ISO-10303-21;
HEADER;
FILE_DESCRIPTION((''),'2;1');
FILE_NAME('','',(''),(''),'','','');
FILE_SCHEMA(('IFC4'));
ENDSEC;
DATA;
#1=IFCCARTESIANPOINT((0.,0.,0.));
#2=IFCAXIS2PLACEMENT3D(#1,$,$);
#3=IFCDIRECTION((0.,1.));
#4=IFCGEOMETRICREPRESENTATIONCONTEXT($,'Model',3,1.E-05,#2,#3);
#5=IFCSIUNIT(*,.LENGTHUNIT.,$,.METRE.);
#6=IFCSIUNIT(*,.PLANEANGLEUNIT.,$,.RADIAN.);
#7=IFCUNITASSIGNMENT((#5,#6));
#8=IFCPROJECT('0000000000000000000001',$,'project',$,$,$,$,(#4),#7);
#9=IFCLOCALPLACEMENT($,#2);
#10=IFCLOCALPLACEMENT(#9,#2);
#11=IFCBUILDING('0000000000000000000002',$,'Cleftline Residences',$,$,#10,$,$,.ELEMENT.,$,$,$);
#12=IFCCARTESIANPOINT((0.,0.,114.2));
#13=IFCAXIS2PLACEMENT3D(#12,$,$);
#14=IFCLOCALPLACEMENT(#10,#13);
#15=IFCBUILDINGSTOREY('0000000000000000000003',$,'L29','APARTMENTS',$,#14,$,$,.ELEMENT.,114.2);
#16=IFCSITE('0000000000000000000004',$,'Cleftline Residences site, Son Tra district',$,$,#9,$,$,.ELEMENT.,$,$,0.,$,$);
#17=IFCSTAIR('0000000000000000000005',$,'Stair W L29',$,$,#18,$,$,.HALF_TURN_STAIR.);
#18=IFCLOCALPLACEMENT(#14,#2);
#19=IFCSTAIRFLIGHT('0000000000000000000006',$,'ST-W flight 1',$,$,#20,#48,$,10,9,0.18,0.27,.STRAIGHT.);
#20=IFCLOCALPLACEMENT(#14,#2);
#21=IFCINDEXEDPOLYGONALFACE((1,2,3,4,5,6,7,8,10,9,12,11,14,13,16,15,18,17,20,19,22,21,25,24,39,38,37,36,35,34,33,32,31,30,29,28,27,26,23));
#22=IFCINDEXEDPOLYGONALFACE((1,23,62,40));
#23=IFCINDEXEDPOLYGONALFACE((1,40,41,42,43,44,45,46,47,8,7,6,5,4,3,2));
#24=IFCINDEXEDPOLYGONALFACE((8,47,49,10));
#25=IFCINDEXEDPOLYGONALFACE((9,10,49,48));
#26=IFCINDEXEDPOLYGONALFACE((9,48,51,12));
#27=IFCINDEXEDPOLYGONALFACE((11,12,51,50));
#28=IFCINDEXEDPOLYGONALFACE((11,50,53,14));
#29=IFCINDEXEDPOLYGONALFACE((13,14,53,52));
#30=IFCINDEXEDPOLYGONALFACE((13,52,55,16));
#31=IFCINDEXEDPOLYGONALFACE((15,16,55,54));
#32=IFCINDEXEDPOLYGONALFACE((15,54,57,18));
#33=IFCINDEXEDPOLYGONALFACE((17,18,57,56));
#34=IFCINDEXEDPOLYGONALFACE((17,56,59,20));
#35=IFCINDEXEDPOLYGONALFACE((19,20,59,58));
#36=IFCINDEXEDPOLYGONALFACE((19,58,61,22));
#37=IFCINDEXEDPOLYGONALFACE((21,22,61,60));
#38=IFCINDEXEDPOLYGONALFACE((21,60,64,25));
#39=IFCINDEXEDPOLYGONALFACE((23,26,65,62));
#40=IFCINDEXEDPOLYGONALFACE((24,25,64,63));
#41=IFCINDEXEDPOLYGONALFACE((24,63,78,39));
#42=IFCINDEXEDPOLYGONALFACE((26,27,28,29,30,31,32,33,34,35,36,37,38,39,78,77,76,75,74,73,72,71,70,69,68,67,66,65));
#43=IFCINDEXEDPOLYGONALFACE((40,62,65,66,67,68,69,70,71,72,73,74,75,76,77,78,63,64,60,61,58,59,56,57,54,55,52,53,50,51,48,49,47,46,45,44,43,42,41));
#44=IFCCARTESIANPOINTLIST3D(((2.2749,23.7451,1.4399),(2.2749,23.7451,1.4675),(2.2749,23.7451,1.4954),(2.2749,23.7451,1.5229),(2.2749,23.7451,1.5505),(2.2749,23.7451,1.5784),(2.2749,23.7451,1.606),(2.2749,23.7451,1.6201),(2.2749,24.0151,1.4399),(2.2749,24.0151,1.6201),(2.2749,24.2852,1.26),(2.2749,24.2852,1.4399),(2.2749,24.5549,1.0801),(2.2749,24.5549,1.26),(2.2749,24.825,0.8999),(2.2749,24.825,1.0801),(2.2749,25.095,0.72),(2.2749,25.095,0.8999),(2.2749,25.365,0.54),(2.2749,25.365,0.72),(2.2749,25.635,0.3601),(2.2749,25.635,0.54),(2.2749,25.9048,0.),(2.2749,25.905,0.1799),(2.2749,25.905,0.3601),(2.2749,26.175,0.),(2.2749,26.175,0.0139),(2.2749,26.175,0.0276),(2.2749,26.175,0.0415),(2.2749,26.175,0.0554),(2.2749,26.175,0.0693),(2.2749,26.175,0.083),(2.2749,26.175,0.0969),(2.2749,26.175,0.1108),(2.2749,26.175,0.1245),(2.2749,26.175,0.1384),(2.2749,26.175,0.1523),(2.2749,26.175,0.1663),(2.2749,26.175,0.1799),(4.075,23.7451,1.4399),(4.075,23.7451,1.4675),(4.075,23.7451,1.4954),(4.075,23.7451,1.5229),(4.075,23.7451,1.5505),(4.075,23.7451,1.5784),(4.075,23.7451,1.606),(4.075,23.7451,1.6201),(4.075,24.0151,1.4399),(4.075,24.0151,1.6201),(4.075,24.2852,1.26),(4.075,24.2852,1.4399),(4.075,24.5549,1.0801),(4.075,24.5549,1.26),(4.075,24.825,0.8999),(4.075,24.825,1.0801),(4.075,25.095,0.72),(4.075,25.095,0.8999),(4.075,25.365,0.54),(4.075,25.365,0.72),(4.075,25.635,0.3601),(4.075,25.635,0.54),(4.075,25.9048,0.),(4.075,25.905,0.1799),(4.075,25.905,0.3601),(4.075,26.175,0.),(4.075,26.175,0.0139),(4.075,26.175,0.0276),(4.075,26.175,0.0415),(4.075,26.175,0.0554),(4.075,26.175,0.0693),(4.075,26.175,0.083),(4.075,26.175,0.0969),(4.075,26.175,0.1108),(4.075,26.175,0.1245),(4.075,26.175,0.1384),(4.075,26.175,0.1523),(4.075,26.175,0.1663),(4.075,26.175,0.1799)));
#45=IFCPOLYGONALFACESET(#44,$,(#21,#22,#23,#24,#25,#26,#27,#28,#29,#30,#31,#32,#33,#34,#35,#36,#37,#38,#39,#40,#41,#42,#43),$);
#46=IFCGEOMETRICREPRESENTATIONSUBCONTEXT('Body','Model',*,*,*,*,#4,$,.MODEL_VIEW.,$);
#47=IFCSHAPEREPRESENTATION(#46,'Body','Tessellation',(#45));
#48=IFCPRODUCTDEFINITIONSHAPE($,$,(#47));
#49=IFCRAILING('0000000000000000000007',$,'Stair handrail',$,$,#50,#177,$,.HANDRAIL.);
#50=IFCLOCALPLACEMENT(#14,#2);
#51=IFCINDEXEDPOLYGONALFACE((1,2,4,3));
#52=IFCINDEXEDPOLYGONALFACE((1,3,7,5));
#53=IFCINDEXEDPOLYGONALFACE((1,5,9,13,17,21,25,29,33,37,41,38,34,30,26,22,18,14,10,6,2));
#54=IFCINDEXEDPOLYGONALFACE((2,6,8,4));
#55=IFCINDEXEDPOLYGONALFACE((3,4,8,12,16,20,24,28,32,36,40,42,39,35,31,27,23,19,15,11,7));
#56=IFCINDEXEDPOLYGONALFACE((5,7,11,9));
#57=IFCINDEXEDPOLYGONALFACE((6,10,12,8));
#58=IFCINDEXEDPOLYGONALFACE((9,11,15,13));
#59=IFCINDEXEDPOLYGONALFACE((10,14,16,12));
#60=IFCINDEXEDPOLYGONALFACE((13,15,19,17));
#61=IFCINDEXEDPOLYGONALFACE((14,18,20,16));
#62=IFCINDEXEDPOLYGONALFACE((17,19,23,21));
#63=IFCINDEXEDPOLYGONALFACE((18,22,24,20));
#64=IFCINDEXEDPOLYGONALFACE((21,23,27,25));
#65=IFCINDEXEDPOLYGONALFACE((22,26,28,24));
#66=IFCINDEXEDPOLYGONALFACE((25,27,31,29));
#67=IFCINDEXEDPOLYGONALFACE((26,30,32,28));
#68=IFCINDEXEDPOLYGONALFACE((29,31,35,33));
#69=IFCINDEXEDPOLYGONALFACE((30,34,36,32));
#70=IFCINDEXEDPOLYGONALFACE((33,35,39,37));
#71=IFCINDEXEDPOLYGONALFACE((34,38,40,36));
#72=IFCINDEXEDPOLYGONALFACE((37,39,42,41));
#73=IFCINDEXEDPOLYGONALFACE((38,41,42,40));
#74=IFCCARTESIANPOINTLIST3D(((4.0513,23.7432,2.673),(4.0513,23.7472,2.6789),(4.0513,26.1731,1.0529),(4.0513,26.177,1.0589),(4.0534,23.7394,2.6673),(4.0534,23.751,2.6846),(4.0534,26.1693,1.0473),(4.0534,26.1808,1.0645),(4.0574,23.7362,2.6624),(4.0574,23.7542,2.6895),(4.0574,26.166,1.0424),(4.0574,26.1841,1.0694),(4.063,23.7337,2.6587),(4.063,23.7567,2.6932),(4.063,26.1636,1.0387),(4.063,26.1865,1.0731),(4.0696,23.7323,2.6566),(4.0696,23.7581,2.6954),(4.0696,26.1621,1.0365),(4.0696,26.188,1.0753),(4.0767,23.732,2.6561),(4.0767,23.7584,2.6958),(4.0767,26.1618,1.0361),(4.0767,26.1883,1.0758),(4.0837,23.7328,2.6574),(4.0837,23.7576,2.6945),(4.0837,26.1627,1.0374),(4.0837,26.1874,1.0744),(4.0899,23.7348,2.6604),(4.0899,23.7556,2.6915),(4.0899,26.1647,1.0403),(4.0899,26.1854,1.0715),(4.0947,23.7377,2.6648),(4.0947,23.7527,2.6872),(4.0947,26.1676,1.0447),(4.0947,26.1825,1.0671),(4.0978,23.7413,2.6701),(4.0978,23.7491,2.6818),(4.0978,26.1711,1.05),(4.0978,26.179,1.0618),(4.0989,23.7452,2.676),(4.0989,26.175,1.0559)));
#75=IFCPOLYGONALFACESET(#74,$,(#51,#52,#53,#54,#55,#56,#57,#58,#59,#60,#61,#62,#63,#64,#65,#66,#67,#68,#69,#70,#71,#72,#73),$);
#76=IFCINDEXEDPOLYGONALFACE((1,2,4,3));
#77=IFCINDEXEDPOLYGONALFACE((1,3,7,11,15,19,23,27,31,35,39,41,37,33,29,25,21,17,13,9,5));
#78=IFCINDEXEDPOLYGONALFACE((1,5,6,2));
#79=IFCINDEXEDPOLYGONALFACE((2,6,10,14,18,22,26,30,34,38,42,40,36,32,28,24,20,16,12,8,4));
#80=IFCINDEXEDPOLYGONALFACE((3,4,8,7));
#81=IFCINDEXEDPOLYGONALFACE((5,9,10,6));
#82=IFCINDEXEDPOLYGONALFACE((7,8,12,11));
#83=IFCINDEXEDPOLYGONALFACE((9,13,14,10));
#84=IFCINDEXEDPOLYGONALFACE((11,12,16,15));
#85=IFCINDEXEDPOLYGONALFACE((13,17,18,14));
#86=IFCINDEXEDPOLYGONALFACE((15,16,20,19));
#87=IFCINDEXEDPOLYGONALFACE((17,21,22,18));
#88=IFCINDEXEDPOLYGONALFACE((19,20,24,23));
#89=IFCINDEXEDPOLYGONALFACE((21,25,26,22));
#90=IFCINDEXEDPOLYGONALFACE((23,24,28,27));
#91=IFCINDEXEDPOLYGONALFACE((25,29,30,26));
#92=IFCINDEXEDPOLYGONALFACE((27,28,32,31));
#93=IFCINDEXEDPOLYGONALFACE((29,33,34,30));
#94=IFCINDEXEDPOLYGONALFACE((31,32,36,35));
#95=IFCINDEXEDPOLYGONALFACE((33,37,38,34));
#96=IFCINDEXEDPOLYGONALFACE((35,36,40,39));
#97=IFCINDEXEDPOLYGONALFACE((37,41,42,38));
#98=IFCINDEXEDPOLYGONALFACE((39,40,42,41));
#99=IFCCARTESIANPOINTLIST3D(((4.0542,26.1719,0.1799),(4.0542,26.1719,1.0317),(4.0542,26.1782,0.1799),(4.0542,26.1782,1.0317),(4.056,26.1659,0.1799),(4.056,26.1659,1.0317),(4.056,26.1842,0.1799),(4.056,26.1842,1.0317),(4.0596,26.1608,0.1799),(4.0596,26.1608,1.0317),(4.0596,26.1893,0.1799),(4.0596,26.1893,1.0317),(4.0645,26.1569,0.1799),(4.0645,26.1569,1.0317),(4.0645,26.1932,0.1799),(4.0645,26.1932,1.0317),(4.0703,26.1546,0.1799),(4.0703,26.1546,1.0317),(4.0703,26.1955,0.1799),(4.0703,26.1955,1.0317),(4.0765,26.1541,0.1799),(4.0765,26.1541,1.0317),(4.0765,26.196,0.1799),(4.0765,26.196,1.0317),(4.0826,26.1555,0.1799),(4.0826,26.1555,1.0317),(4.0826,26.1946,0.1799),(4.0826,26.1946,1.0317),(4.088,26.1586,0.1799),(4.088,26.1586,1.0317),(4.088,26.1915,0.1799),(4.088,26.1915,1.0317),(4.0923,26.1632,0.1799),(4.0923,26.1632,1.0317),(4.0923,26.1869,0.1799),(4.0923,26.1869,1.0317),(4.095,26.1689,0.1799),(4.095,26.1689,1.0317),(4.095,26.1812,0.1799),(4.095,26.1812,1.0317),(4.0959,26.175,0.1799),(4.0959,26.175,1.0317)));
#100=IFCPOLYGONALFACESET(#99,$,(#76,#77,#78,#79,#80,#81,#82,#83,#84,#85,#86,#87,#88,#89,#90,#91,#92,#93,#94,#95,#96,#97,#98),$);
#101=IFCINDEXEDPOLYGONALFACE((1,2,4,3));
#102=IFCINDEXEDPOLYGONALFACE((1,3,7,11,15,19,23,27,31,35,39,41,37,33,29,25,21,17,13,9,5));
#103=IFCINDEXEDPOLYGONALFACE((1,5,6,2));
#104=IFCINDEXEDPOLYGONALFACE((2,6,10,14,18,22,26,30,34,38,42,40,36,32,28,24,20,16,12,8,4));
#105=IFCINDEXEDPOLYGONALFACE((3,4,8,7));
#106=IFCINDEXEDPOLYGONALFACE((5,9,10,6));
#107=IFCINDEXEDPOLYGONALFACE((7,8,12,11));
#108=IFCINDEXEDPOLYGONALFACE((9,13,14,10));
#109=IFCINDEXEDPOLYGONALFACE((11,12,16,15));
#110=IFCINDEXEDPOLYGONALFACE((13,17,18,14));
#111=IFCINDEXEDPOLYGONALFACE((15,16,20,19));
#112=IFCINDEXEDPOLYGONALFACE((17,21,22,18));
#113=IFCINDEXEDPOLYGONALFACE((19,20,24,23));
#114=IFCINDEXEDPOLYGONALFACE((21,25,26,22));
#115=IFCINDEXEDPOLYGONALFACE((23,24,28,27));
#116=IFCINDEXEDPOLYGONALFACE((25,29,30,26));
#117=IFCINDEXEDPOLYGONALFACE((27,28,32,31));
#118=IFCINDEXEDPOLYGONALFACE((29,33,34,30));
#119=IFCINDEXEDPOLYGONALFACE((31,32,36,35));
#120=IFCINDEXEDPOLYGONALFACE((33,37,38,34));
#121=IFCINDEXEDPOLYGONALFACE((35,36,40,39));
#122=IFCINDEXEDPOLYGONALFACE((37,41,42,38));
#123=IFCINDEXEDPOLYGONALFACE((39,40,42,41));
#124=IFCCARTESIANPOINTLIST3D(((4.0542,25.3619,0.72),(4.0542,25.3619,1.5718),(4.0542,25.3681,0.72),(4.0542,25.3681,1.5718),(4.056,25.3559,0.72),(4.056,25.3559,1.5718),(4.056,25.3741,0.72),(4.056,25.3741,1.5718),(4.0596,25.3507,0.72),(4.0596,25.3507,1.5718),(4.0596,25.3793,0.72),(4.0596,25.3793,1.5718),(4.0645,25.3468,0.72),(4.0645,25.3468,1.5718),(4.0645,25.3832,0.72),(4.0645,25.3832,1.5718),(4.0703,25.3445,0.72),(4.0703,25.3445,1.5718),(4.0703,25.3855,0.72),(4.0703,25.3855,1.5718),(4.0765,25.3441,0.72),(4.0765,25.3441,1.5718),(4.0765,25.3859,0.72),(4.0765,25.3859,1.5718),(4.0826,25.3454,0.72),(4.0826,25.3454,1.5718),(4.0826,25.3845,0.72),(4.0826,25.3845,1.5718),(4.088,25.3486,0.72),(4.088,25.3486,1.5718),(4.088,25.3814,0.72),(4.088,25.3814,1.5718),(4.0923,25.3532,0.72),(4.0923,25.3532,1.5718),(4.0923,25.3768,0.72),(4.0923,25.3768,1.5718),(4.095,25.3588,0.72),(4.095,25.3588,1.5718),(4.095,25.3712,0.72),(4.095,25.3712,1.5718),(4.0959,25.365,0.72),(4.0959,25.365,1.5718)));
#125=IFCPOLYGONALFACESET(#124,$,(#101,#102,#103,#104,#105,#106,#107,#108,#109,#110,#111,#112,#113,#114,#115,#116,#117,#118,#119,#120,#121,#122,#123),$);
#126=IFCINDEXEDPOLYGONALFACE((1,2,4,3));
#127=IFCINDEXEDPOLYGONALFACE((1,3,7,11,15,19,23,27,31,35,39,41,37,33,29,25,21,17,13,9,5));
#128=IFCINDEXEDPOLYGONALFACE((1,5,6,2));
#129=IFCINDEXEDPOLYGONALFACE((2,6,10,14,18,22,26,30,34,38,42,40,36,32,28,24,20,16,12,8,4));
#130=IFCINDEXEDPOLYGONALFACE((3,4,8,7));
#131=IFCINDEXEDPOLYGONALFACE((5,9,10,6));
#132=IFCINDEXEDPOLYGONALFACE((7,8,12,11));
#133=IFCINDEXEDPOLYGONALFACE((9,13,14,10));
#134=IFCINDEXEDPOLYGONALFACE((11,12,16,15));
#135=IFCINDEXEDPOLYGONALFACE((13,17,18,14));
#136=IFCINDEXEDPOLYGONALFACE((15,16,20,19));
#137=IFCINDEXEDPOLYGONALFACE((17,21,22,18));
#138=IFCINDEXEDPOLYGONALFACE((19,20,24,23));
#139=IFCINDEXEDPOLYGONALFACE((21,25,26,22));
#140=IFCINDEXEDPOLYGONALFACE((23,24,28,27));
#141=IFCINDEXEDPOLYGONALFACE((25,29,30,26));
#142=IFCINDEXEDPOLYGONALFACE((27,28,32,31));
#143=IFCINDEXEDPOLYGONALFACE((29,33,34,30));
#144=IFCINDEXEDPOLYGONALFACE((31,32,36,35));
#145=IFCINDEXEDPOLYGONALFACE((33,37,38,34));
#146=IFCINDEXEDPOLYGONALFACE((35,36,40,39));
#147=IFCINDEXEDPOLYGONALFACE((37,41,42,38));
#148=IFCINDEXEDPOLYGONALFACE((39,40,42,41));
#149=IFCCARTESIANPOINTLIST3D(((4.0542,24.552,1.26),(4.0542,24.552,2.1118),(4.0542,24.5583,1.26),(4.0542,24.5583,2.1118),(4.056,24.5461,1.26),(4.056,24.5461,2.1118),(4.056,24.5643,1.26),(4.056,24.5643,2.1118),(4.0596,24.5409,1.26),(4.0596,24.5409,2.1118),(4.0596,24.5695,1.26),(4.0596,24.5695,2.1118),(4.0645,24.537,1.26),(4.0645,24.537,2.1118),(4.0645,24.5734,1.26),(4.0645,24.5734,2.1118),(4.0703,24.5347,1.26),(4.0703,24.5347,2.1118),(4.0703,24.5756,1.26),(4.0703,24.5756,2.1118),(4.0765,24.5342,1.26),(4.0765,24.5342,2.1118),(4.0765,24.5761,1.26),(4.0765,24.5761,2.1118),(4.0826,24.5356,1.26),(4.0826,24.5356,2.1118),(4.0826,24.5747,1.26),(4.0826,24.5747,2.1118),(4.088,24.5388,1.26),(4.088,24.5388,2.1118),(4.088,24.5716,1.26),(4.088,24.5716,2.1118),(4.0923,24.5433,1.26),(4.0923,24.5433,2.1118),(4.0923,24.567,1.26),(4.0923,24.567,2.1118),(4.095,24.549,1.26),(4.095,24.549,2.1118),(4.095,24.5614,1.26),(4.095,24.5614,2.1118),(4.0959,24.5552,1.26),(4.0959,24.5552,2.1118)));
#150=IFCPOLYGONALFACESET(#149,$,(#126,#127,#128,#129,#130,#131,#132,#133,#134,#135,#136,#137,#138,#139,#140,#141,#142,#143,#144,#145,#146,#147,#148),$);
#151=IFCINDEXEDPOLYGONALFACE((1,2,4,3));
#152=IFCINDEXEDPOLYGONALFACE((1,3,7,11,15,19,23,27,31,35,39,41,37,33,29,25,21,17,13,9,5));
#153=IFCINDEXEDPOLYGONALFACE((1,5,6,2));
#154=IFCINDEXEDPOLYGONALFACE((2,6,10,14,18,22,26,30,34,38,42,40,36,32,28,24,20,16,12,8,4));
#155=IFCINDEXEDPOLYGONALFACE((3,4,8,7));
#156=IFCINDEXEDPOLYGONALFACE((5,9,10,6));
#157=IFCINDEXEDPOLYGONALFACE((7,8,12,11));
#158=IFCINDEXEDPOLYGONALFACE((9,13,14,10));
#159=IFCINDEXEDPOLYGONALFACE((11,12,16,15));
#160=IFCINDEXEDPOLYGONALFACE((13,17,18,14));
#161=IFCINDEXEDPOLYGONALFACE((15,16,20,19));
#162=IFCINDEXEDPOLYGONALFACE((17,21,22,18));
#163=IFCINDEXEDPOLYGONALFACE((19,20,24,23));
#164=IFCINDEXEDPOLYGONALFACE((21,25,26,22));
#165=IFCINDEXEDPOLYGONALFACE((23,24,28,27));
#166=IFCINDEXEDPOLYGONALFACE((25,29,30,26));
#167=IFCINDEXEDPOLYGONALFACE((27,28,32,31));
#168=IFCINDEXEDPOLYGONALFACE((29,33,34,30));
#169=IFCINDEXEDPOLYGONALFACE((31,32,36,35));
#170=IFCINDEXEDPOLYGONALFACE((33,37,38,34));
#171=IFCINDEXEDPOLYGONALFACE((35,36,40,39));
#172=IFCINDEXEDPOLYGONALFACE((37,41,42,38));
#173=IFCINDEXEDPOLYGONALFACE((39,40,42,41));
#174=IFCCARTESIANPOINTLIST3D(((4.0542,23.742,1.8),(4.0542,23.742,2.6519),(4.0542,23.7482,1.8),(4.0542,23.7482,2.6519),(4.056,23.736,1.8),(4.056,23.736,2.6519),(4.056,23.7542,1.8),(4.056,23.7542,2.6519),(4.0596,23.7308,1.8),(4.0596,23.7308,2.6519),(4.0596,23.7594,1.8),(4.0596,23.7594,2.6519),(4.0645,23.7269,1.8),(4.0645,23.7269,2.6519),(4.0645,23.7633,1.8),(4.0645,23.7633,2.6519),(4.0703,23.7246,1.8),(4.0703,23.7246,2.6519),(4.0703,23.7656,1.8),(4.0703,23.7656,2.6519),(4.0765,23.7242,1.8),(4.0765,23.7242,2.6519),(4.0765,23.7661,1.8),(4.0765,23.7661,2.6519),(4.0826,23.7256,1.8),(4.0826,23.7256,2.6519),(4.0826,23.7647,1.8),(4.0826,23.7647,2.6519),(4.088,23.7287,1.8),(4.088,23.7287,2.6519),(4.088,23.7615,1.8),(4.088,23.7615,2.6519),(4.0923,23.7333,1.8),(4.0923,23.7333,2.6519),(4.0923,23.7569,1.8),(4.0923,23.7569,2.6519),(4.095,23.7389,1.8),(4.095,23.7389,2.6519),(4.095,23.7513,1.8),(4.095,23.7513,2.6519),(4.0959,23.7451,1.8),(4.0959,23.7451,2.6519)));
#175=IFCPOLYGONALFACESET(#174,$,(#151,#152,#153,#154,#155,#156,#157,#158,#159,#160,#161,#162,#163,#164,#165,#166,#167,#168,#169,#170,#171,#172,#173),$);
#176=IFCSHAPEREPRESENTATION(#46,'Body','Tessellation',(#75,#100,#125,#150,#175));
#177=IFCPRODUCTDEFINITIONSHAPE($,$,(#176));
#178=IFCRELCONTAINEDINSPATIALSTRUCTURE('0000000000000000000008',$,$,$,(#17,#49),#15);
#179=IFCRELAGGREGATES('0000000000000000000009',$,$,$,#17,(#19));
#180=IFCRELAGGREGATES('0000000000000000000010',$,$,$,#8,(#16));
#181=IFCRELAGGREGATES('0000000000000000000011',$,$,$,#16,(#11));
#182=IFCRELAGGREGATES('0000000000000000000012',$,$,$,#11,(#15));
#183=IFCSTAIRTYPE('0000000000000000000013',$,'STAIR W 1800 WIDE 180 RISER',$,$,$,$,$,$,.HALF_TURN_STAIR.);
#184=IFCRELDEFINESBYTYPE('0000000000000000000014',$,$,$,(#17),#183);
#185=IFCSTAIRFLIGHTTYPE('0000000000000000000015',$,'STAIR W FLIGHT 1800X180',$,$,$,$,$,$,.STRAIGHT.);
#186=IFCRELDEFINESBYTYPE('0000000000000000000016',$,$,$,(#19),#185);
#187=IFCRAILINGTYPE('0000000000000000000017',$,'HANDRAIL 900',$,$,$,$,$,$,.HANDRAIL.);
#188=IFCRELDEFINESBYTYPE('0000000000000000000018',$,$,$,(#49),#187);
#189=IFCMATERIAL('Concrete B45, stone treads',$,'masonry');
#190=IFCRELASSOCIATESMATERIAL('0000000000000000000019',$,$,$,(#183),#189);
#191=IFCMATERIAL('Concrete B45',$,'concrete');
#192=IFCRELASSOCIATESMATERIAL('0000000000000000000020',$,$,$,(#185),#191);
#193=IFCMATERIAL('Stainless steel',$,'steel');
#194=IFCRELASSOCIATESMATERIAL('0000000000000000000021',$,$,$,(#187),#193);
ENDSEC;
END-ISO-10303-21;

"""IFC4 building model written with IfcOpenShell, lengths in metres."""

from ifc_helpers import new_model, si_unit, direction, frame, origin, origin_2d, place, context, subcontext, project, spatial, polyline, circle, outline, extrude, material, type_object, element, aggregate, save


model = new_model("IFC4")

# Units and contexts
model_context = context("Model", 3, precision=1e-05, world=origin(), true_north=direction((0.0, 1.0)))
body_context = subcontext(model_context, "Body", "Model", "MODEL_VIEW")
ifc_project = project(units=[si_unit("LENGTHUNIT", "METRE"), si_unit("PLANEANGLEUNIT", "RADIAN")], contexts=[model_context])

# Site, building, storey
site_placement = place(None, origin())
site = spatial("IfcSite", under=ifc_project, at=site_placement, Name="Cleftline Residences site, Son Tra district", CompositionType="ELEMENT", RefElevation=0.0)
building_placement = place(site_placement, origin())
building = spatial("IfcBuilding", under=site, at=building_placement, Name="Cleftline Residences", CompositionType="ELEMENT")
storey_placement = place(building_placement, frame((0.0, 0.0, 114.2)))
storey = spatial("IfcBuildingStorey", under=building, at=storey_placement, Name="L29", Description="APARTMENTS", CompositionType="ELEMENT", Elevation=114.2)

# Stair, stair flight
ifc_material_1 = material(Name="Concrete B45, stone treads", Category="masonry")
stair_type = type_object("IfcStairType", Name="STAIR W 1800 WIDE 180 RISER", PredefinedType="HALF_TURN_STAIR", material=ifc_material_1)
stair_placement = place(storey_placement, origin())
stair = element("IfcStair", 1, at=stair_placement, inside=storey, type_object=stair_type, Name="Stair W L29", PredefinedType="HALF_TURN_STAIR")
ifc_material_2 = material(Name="Concrete B45", Category="concrete")
stair_flight_type = type_object("IfcStairFlightType", Name="STAIR W FLIGHT 1800X180", PredefinedType="STRAIGHT", material=ifc_material_2)
stair_flight_placement = place(storey_placement, frame((3.175, 26.175, 0.0), z_axis=(0.0, 0.0, 1.0), x_axis=(0.0, -1.0, 0.0)))
stair_flight = element("IfcStairFlight", 2, at=stair_flight_placement, type_object=stair_flight_type, Name="ST-W flight 1", NumberOfRisers=10, NumberOfTreads=9, PredefinedType="STRAIGHT", RiserHeight=0.18, TreadLength=0.27, context=body_context, shape_type="SweptSolid", body=[
    extrude(outline(polyline([(0.0, 0.0), (0.0, 0.0139), (0.0, 0.0276), (0.0, 0.0415), (0.0, 0.0554), (0.0, 0.0693), (0.0, 0.083), (0.0, 0.0969), (0.0, 0.1108), (0.0, 0.1245), (0.0, 0.1384), (0.0, 0.1523), (0.0, 0.1663), (0.0, 0.1799), (0.27, 0.1799), (0.27, 0.3601), (0.54, 0.3601), (0.54, 0.54), (0.8101, 0.54), (0.8101, 0.72), (1.0801, 0.72), (1.0801, 0.8999), (1.3501, 0.8999), (1.3501, 1.0801), (1.6201, 1.0801), (1.6201, 1.26), (1.8899, 1.26), (1.8899, 1.4399), (2.1599, 1.4399), (2.1599, 1.6201), (2.4299, 1.6201), (2.4299, 1.8), (2.4299, 1.7722), (2.4299, 1.7446), (2.4299, 1.7168), (2.4299, 1.6892), (2.4299, 1.6614), (2.4299, 1.6338), (2.4299, 1.606), (2.4299, 1.5784), (2.4299, 1.5505), (2.4299, 1.5229), (2.4299, 1.4954), (2.4299, 1.4675), (2.4299, 1.4399), (0.2703, 0.0), (0.0, 0.0)])), frame((0.0, 0.8999, 0.0), z_axis=(0.0, -1.0, 0.0), x_axis=(1.0, 0.0, 0.0)), (0.0, 0.0, 1.0), 1.8),
])
aggregate(stair, [stair_flight])

# Railing
ifc_material_3 = material(Name="Stainless steel", Category="steel")
railing_type = type_object("IfcRailingType", Name="HANDRAIL 900", PredefinedType="HANDRAIL", material=ifc_material_3)
railing_placement = place(storey_placement, frame((4.075, 26.175, 0.1799)))
element("IfcRailing", 3, at=railing_placement, inside=storey, type_object=railing_type, Name="Stair handrail", PredefinedType="HANDRAIL", context=body_context, shape_type="SweptSolid", body=[
    extrude(circle(Radius=0.0239, at=origin_2d()), frame((0.0, 0.0, 0.876), z_axis=(0.0, -0.832025, 0.554739), x_axis=(1.0, 0.0, 0.0)), (0.0, 0.0, 1.0), 2.9204),
    extrude(circle(Radius=0.021, at=origin_2d()), origin(), (0.0, 0.0, 1.0), 0.8518),
    extrude(circle(Radius=0.021, at=origin_2d()), frame((0.0, -0.8101, 0.54)), (0.0, 0.0, 1.0), 0.8518),
    extrude(circle(Radius=0.021, at=origin_2d()), frame((0.0, -1.6199, 1.0801)), (0.0, 0.0, 1.0), 0.8518),
    extrude(circle(Radius=0.021, at=origin_2d()), frame((0.0, -2.4299, 1.6201)), (0.0, 0.0, 1.0), 0.8518),
])

save(model, "model.ifc")
